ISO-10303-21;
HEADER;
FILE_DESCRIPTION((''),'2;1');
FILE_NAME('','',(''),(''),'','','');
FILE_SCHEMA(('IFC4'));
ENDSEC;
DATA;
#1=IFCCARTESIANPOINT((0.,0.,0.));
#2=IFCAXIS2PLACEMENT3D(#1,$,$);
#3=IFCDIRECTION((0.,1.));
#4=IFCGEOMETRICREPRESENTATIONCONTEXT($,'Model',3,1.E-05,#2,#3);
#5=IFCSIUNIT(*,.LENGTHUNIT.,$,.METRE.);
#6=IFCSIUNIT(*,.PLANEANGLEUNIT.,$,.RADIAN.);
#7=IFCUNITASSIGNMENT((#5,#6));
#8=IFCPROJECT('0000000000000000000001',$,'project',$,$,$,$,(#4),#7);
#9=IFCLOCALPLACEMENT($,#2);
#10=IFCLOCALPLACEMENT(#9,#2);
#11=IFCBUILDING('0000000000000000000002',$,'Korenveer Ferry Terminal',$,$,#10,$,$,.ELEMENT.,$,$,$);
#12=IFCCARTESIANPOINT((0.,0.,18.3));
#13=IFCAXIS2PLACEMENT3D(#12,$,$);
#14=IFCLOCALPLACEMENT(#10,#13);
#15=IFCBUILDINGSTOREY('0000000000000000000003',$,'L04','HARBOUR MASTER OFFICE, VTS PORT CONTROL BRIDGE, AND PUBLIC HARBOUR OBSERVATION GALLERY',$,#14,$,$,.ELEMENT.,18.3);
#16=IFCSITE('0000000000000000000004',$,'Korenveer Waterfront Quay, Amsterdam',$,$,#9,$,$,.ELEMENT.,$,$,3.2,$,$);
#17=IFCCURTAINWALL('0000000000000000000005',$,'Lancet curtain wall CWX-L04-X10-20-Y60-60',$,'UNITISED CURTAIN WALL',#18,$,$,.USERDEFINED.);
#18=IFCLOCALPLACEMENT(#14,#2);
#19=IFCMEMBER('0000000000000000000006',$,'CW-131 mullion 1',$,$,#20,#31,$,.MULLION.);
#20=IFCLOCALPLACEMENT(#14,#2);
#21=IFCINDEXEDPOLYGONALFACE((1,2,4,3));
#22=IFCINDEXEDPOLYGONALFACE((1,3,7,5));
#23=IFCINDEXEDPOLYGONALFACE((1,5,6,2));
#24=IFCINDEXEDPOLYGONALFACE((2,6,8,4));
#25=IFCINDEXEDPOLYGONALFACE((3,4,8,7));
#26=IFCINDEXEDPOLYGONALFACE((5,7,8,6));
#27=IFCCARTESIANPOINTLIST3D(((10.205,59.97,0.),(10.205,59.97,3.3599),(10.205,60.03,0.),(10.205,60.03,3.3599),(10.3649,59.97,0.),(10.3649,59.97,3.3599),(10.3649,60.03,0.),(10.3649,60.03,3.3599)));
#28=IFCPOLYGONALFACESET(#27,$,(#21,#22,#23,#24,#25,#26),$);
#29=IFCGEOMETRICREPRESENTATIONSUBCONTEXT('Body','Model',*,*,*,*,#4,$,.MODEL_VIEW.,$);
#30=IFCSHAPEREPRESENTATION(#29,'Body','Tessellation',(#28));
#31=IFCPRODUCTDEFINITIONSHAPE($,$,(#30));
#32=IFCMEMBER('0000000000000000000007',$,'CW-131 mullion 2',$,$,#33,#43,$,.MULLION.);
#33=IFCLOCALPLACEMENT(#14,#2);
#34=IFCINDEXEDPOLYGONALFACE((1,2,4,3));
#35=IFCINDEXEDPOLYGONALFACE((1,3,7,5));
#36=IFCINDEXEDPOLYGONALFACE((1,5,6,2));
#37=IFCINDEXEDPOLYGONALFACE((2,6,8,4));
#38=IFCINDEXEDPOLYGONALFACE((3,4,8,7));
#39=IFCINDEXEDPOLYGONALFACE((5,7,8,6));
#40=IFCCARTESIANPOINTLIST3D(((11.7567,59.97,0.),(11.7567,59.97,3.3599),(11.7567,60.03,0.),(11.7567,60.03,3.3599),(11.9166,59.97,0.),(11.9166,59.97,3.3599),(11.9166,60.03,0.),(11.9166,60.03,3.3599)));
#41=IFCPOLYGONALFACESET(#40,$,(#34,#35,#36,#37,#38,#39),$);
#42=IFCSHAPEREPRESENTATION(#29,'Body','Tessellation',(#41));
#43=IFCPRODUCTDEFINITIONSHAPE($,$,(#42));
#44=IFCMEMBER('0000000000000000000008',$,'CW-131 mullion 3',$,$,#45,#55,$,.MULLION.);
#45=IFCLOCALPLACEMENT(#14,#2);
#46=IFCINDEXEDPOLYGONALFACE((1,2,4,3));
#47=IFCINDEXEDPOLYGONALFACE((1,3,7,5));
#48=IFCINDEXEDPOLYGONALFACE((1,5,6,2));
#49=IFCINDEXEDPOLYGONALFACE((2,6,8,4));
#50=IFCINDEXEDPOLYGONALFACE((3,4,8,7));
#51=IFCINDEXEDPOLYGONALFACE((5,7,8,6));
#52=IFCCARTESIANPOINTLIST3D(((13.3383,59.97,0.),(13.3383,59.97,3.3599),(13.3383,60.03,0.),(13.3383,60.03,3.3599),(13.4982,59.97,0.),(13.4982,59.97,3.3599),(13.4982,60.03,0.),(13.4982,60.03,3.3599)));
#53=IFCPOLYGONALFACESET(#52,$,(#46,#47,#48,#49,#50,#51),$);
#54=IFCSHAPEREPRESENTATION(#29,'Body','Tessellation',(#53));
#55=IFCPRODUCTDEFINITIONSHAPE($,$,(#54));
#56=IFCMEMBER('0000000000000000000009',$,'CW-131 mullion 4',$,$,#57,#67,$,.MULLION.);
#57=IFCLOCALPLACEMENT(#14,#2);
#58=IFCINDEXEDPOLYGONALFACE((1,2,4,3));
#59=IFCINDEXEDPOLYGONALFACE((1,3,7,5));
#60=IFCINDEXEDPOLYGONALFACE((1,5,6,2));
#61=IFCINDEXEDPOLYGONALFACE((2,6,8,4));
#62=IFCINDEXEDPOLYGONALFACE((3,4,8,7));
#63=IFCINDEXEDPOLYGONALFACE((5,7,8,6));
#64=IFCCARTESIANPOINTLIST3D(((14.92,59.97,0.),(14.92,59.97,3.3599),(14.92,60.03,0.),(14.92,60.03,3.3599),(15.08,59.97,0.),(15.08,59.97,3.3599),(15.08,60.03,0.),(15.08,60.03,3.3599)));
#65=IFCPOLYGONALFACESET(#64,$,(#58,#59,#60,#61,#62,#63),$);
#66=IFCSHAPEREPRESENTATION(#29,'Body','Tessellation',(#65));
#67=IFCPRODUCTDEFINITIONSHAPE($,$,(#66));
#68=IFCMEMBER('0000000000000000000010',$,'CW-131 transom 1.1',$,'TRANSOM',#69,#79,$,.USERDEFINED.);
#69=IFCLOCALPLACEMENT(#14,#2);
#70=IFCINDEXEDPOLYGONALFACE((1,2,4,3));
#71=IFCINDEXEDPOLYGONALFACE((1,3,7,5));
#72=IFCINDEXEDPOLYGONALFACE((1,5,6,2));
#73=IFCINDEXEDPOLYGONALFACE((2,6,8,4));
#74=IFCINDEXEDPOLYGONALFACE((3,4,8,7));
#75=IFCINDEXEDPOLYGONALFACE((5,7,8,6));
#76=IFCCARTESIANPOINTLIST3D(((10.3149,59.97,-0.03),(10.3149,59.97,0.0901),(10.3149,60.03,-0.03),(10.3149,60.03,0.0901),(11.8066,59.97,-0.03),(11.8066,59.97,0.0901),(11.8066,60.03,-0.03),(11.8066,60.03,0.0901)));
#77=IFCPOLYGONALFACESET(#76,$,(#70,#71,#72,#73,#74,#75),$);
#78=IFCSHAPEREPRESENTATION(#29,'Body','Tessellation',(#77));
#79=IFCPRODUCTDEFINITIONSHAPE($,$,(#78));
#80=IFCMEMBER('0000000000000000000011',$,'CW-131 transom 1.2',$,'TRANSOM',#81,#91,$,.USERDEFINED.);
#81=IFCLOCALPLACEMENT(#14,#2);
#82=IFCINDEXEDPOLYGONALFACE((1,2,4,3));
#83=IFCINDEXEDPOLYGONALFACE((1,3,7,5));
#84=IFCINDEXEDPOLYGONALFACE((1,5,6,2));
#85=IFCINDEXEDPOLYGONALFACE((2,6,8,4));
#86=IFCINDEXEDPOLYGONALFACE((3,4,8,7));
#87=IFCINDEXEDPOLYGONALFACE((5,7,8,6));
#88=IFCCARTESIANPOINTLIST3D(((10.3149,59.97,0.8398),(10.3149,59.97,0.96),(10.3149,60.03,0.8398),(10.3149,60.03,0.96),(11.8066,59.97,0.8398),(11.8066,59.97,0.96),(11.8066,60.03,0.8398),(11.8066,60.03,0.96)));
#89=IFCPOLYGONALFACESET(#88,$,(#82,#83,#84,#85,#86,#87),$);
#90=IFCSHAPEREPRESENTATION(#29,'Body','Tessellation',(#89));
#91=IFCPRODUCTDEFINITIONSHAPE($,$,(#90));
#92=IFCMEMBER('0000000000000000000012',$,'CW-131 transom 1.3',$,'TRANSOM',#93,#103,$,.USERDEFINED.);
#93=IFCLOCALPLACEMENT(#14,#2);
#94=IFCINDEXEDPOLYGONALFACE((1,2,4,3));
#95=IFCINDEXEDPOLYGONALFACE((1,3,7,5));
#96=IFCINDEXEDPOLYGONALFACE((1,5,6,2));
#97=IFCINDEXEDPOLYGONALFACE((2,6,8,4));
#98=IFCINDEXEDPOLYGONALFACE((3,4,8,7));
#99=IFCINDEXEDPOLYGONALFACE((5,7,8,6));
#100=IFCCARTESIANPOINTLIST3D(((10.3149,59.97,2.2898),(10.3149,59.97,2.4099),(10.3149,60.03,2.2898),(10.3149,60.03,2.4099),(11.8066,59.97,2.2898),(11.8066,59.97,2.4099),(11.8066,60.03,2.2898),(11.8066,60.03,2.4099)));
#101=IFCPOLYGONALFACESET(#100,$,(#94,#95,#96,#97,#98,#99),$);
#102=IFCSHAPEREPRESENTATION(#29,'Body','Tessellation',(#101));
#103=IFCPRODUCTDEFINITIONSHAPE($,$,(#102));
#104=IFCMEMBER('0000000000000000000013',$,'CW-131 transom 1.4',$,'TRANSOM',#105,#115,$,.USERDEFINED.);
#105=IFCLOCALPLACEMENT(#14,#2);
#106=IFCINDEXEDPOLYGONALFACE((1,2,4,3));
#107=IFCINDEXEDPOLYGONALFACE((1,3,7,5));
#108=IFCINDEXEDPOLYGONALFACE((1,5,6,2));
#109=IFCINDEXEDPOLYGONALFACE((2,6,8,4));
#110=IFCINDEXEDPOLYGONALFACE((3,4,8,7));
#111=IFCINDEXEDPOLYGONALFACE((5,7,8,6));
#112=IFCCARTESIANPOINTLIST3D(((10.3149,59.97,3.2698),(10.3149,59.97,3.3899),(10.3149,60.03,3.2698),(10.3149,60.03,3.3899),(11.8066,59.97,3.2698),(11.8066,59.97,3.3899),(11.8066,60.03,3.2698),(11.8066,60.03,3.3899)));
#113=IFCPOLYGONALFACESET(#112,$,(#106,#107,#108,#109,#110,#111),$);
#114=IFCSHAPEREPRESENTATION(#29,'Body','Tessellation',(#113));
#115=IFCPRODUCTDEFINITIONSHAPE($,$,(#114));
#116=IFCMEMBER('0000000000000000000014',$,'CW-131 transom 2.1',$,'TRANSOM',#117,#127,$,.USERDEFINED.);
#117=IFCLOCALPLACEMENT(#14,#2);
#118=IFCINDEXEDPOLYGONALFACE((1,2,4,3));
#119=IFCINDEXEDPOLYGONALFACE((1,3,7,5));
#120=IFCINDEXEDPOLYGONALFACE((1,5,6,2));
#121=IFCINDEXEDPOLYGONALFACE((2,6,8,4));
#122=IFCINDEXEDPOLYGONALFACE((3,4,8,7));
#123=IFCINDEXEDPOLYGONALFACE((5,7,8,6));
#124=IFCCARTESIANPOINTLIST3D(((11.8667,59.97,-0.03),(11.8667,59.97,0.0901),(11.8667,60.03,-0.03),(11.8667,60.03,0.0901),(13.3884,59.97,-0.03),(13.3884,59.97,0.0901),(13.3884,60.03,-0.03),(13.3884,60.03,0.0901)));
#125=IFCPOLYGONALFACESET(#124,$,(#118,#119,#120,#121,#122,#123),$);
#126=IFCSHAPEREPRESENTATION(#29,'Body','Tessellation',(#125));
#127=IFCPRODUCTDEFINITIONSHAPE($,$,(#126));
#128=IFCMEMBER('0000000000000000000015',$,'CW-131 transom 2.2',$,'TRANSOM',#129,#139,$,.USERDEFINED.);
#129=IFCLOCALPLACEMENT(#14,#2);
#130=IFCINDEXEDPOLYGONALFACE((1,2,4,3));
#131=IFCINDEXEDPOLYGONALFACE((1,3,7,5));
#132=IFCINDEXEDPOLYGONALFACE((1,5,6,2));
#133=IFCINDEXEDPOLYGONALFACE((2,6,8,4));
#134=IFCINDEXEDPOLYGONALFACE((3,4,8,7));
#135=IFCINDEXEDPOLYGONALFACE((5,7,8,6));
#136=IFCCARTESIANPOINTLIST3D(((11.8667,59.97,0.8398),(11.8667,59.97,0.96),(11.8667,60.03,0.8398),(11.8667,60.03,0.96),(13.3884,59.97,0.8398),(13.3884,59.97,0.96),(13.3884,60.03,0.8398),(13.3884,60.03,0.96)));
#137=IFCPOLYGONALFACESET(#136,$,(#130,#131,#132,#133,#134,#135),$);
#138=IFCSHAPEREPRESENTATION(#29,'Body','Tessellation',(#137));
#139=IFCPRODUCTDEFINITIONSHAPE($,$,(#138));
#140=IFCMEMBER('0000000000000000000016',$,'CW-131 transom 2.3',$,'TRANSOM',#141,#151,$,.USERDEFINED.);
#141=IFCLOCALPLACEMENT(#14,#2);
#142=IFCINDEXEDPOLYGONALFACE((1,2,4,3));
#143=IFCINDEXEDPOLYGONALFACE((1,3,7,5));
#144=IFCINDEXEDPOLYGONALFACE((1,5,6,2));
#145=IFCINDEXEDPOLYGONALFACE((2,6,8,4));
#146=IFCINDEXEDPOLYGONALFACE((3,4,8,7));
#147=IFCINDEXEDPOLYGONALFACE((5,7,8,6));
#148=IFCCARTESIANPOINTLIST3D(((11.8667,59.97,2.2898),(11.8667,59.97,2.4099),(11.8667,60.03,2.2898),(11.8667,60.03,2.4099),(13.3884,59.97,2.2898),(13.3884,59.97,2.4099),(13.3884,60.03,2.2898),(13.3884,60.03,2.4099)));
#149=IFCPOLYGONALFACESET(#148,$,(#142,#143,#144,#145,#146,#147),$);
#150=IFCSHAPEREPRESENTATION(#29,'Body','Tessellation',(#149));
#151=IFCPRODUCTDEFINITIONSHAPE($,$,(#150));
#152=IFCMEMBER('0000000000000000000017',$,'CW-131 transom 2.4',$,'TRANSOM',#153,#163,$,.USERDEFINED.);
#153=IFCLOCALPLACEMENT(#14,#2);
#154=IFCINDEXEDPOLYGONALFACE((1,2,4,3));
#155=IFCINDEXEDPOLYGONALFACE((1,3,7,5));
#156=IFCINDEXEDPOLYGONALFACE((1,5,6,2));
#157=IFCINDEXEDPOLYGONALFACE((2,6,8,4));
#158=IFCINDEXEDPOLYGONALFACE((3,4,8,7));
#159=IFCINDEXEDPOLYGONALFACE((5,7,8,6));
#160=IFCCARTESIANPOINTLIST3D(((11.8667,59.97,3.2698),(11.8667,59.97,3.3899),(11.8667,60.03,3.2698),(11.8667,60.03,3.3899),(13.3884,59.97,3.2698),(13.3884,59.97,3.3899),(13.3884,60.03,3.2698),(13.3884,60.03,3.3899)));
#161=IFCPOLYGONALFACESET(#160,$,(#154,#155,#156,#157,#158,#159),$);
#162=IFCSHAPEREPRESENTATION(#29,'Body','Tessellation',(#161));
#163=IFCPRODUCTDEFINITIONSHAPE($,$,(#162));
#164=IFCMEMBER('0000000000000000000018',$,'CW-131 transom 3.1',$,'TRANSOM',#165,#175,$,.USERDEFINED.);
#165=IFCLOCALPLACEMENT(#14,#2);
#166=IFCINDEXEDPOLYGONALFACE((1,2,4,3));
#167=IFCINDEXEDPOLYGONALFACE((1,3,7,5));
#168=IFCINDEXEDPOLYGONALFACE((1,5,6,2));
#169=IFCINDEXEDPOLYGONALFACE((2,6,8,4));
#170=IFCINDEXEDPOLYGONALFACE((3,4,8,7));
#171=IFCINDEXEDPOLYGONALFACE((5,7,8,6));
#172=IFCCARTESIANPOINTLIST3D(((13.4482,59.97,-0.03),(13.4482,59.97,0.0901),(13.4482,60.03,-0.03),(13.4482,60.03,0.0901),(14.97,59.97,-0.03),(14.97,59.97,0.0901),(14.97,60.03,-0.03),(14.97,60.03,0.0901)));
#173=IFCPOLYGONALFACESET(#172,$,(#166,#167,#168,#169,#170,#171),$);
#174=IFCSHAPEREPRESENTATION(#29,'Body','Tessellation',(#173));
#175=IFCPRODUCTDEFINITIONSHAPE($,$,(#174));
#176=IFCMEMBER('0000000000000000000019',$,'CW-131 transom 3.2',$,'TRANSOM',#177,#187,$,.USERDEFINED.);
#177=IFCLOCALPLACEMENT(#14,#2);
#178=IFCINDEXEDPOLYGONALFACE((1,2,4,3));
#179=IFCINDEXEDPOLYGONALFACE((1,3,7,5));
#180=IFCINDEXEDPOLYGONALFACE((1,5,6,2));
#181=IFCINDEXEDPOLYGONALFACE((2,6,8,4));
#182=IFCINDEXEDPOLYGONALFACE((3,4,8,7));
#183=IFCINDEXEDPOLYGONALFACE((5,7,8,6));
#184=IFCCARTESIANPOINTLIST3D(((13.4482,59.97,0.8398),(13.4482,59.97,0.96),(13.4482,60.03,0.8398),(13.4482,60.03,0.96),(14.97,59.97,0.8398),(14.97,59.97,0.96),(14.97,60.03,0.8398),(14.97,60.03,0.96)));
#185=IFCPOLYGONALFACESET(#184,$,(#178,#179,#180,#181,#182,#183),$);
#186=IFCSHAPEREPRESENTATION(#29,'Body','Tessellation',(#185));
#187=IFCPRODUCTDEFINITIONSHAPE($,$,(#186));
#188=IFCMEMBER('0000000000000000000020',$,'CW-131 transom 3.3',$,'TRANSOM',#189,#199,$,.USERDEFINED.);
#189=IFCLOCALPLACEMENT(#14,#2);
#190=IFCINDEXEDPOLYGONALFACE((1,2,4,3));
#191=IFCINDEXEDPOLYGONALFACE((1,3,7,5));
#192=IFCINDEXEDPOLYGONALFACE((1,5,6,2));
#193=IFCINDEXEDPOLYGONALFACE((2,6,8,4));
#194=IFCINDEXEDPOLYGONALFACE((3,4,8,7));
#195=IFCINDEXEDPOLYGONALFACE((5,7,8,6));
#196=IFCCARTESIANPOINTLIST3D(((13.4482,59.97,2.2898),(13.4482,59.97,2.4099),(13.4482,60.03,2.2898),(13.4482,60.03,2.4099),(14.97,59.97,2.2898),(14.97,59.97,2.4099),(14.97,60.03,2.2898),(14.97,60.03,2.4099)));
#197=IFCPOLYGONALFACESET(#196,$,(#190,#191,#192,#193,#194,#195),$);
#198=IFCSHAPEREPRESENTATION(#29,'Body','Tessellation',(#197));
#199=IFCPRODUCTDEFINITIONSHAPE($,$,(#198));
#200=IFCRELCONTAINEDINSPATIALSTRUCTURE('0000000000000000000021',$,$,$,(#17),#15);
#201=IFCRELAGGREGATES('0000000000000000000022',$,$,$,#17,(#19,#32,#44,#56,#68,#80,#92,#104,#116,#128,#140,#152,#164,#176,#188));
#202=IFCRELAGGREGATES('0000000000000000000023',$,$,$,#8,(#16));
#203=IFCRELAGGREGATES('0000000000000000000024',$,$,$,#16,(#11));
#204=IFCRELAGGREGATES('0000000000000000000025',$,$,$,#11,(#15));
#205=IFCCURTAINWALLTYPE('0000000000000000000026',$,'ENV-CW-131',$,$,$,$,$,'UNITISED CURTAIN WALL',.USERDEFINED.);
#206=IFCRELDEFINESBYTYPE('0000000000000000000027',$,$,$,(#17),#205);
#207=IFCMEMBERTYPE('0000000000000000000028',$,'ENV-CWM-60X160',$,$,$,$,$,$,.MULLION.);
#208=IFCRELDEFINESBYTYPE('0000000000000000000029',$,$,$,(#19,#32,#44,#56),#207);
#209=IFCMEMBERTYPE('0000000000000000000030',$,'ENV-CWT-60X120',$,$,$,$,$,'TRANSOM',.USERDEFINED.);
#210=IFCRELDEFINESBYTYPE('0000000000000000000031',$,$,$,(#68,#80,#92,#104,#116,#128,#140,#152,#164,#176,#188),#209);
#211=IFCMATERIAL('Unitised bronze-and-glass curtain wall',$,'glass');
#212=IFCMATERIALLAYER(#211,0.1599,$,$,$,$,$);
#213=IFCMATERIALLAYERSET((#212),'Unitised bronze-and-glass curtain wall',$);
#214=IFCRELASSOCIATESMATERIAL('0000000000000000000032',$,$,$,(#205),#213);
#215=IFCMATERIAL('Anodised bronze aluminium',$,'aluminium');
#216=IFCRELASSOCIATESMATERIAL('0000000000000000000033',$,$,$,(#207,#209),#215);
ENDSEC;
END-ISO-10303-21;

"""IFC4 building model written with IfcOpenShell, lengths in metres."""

from ifc_helpers import new_model, si_unit, direction, frame, origin, origin_2d, place, context, subcontext, project, spatial, rectangle, extrude, material, layer, layer_set, material_profile, profile_set, type_object, element, aggregate, save


model = new_model("IFC4")

# Units and contexts
model_context = context("Model", 3, precision=1e-05, world=origin(), true_north=direction((0.0, 1.0)))
body_context = subcontext(model_context, "Body", "Model", "MODEL_VIEW")
ifc_project = project(units=[si_unit("LENGTHUNIT", "METRE"), si_unit("PLANEANGLEUNIT", "RADIAN")], contexts=[model_context])

# Site, building, storey
site_placement = place(None, origin())
site = spatial("IfcSite", under=ifc_project, at=site_placement, Name="Korenveer Waterfront Quay, Amsterdam", CompositionType="ELEMENT", RefElevation=3.2)
building_placement = place(site_placement, origin())
building = spatial("IfcBuilding", under=site, at=building_placement, Name="Korenveer Ferry Terminal", CompositionType="ELEMENT")
storey_placement = place(building_placement, frame((0.0, 0.0, 18.3)))
storey = spatial("IfcBuildingStorey", under=building, at=storey_placement, Name="L04", Description="HARBOUR MASTER OFFICE, VTS PORT CONTROL BRIDGE, AND PUBLIC HARBOUR OBSERVATION GALLERY", CompositionType="ELEMENT", Elevation=18.3)

# Curtain wall, members
ifc_material_1 = material(Name="Unitised bronze-and-glass curtain wall", Category="glass")
ifc_layer_1 = layer(ifc_material_1, 0.1599)
ifc_layer_set_1 = layer_set([ifc_layer_1], Name="Unitised bronze-and-glass curtain wall")
curtain_wall_type = type_object("IfcCurtainWallType", Name="ENV-CW-131", ElementType="UNITISED CURTAIN WALL", PredefinedType="USERDEFINED", material=ifc_layer_set_1)
curtain_wall_placement = place(storey_placement, frame((10.2549, 60.0, 0.0)))
curtain_wall = element("IfcCurtainWall", 1, at=curtain_wall_placement, inside=storey, type_object=curtain_wall_type, Name="Lancet curtain wall CWX-L04-X10-20-Y60-60", ObjectType="UNITISED CURTAIN WALL", PredefinedType="USERDEFINED")
ifc_material_2 = material(Name="Anodised bronze aluminium", Category="aluminium")
ifc_material_profile_1 = material_profile(ifc_material_2, rectangle(XDim=0.0601, YDim=0.1599, at=origin_2d()), Name="ALU 60x160")
ifc_profile_set_1 = profile_set([ifc_material_profile_1], Name="Anodised bronze aluminium")
member_type_1 = type_object("IfcMemberType", Name="ENV-CWM-60X160", PredefinedType="MULLION", material=ifc_profile_set_1)
member_1_placement = place(storey_placement, frame((10.2849, 60.0, 0.0), z_axis=(0.0, 0.0, 1.0), x_axis=(0.0, 1.0, 0.0)))
member_1 = element("IfcMember", 2, at=member_1_placement, type_object=member_type_1, Name="CW-131 mullion 1", PredefinedType="MULLION", context=body_context, shape_type="SweptSolid", body=[
    extrude(rectangle(XDim=0.0601, YDim=0.1599, at=origin_2d()), origin(), (0.0, 0.0, 1.0), 3.3599),
])
member_2_placement = place(storey_placement, frame((11.8367, 60.0, 0.0), z_axis=(0.0, 0.0, 1.0), x_axis=(0.0, 1.0, 0.0)))
member_2 = element("IfcMember", 3, at=member_2_placement, type_object=member_type_1, Name="CW-131 mullion 2", PredefinedType="MULLION", context=body_context, shape_type="SweptSolid", body=[
    extrude(rectangle(XDim=0.0601, YDim=0.1599, at=origin_2d()), origin(), (0.0, 0.0, 1.0), 3.3599),
])
member_3_placement = place(storey_placement, frame((13.4182, 60.0, 0.0), z_axis=(0.0, 0.0, 1.0), x_axis=(0.0, 1.0, 0.0)))
member_3 = element("IfcMember", 4, at=member_3_placement, type_object=member_type_1, Name="CW-131 mullion 3", PredefinedType="MULLION", context=body_context, shape_type="SweptSolid", body=[
    extrude(rectangle(XDim=0.0601, YDim=0.1599, at=origin_2d()), origin(), (0.0, 0.0, 1.0), 3.3599),
])
member_4_placement = place(storey_placement, frame((15.0, 60.0, 0.0), z_axis=(0.0, 0.0, 1.0), x_axis=(0.0, 1.0, 0.0)))
member_4 = element("IfcMember", 5, at=member_4_placement, type_object=member_type_1, Name="CW-131 mullion 4", PredefinedType="MULLION", context=body_context, shape_type="SweptSolid", body=[
    extrude(rectangle(XDim=0.0601, YDim=0.1599, at=origin_2d()), origin(), (0.0, 0.0, 1.0), 3.3599),
])
ifc_material_profile_2 = material_profile(ifc_material_2, rectangle(XDim=0.0601, YDim=0.1201, at=origin_2d()), Name="ALU 60x120")
ifc_profile_set_2 = profile_set([ifc_material_profile_2], Name="Anodised bronze aluminium")
member_type_2 = type_object("IfcMemberType", Name="ENV-CWT-60X120", ElementType="TRANSOM", PredefinedType="USERDEFINED", material=ifc_profile_set_2)
member_5_placement = place(storey_placement, frame((10.3149, 60.0, 0.03), z_axis=(1.0, 0.0, 0.0), x_axis=(0.0, 1.0, 0.0)))
member_5 = element("IfcMember", 6, at=member_5_placement, type_object=member_type_2, Name="CW-131 transom 1.1", ObjectType="TRANSOM", PredefinedType="USERDEFINED", context=body_context, shape_type="SweptSolid", body=[
    extrude(rectangle(XDim=0.0601, YDim=0.1201, at=origin_2d()), origin(), (0.0, 0.0, 1.0), 1.4917),
])
member_6_placement = place(storey_placement, frame((10.3149, 60.0, 0.8999), z_axis=(1.0, 0.0, 0.0), x_axis=(0.0, 1.0, 0.0)))
member_6 = element("IfcMember", 7, at=member_6_placement, type_object=member_type_2, Name="CW-131 transom 1.2", ObjectType="TRANSOM", PredefinedType="USERDEFINED", context=body_context, shape_type="SweptSolid", body=[
    extrude(rectangle(XDim=0.0601, YDim=0.1201, at=origin_2d()), origin(), (0.0, 0.0, 1.0), 1.4917),
])
member_7_placement = place(storey_placement, frame((10.3149, 60.0, 2.3499), z_axis=(1.0, 0.0, 0.0), x_axis=(0.0, 1.0, 0.0)))
member_7 = element("IfcMember", 8, at=member_7_placement, type_object=member_type_2, Name="CW-131 transom 1.3", ObjectType="TRANSOM", PredefinedType="USERDEFINED", context=body_context, shape_type="SweptSolid", body=[
    extrude(rectangle(XDim=0.0601, YDim=0.1201, at=origin_2d()), origin(), (0.0, 0.0, 1.0), 1.4917),
])
member_8_placement = place(storey_placement, frame((10.3149, 60.0, 3.3298), z_axis=(1.0, 0.0, 0.0), x_axis=(0.0, 1.0, 0.0)))
member_8 = element("IfcMember", 9, at=member_8_placement, type_object=member_type_2, Name="CW-131 transom 1.4", ObjectType="TRANSOM", PredefinedType="USERDEFINED", context=body_context, shape_type="SweptSolid", body=[
    extrude(rectangle(XDim=0.0601, YDim=0.1201, at=origin_2d()), origin(), (0.0, 0.0, 1.0), 1.4917),
])
member_9_placement = place(storey_placement, frame((11.8667, 60.0, 0.03), z_axis=(1.0, 0.0, 0.0), x_axis=(0.0, 1.0, 0.0)))
member_9 = element("IfcMember", 10, at=member_9_placement, type_object=member_type_2, Name="CW-131 transom 2.1", ObjectType="TRANSOM", PredefinedType="USERDEFINED", context=body_context, shape_type="SweptSolid", body=[
    extrude(rectangle(XDim=0.0601, YDim=0.1201, at=origin_2d()), origin(), (0.0, 0.0, 1.0), 1.5217),
])
member_10_placement = place(storey_placement, frame((11.8667, 60.0, 0.8999), z_axis=(1.0, 0.0, 0.0), x_axis=(0.0, 1.0, 0.0)))
member_10 = element("IfcMember", 11, at=member_10_placement, type_object=member_type_2, Name="CW-131 transom 2.2", ObjectType="TRANSOM", PredefinedType="USERDEFINED", context=body_context, shape_type="SweptSolid", body=[
    extrude(rectangle(XDim=0.0601, YDim=0.1201, at=origin_2d()), origin(), (0.0, 0.0, 1.0), 1.5217),
])
member_11_placement = place(storey_placement, frame((11.8667, 60.0, 2.3499), z_axis=(1.0, 0.0, 0.0), x_axis=(0.0, 1.0, 0.0)))
member_11 = element("IfcMember", 12, at=member_11_placement, type_object=member_type_2, Name="CW-131 transom 2.3", ObjectType="TRANSOM", PredefinedType="USERDEFINED", context=body_context, shape_type="SweptSolid", body=[
    extrude(rectangle(XDim=0.0601, YDim=0.1201, at=origin_2d()), origin(), (0.0, 0.0, 1.0), 1.5217),
])
member_12_placement = place(storey_placement, frame((11.8667, 60.0, 3.3298), z_axis=(1.0, 0.0, 0.0), x_axis=(0.0, 1.0, 0.0)))
member_12 = element("IfcMember", 13, at=member_12_placement, type_object=member_type_2, Name="CW-131 transom 2.4", ObjectType="TRANSOM", PredefinedType="USERDEFINED", context=body_context, shape_type="SweptSolid", body=[
    extrude(rectangle(XDim=0.0601, YDim=0.1201, at=origin_2d()), origin(), (0.0, 0.0, 1.0), 1.5217),
])
member_13_placement = place(storey_placement, frame((13.4482, 60.0, 0.03), z_axis=(1.0, 0.0, 0.0), x_axis=(0.0, 1.0, 0.0)))
member_13 = element("IfcMember", 14, at=member_13_placement, type_object=member_type_2, Name="CW-131 transom 3.1", ObjectType="TRANSOM", PredefinedType="USERDEFINED", context=body_context, shape_type="SweptSolid", body=[
    extrude(rectangle(XDim=0.0601, YDim=0.1201, at=origin_2d()), origin(), (0.0, 0.0, 1.0), 1.5217),
])
member_14_placement = place(storey_placement, frame((13.4482, 60.0, 0.8999), z_axis=(1.0, 0.0, 0.0), x_axis=(0.0, 1.0, 0.0)))
member_14 = element("IfcMember", 15, at=member_14_placement, type_object=member_type_2, Name="CW-131 transom 3.2", ObjectType="TRANSOM", PredefinedType="USERDEFINED", context=body_context, shape_type="SweptSolid", body=[
    extrude(rectangle(XDim=0.0601, YDim=0.1201, at=origin_2d()), origin(), (0.0, 0.0, 1.0), 1.5217),
])
member_15_placement = place(storey_placement, frame((13.4482, 60.0, 2.3499), z_axis=(1.0, 0.0, 0.0), x_axis=(0.0, 1.0, 0.0)))
member_15 = element("IfcMember", 16, at=member_15_placement, type_object=member_type_2, Name="CW-131 transom 3.3", ObjectType="TRANSOM", PredefinedType="USERDEFINED", context=body_context, shape_type="SweptSolid", body=[
    extrude(rectangle(XDim=0.0601, YDim=0.1201, at=origin_2d()), origin(), (0.0, 0.0, 1.0), 1.5217),
])
aggregate(curtain_wall, [member_1, member_2, member_3, member_4, member_5, member_6, member_7, member_8, member_9, member_10, member_11, member_12, member_13, member_14, member_15])

save(model, "model.ifc")
